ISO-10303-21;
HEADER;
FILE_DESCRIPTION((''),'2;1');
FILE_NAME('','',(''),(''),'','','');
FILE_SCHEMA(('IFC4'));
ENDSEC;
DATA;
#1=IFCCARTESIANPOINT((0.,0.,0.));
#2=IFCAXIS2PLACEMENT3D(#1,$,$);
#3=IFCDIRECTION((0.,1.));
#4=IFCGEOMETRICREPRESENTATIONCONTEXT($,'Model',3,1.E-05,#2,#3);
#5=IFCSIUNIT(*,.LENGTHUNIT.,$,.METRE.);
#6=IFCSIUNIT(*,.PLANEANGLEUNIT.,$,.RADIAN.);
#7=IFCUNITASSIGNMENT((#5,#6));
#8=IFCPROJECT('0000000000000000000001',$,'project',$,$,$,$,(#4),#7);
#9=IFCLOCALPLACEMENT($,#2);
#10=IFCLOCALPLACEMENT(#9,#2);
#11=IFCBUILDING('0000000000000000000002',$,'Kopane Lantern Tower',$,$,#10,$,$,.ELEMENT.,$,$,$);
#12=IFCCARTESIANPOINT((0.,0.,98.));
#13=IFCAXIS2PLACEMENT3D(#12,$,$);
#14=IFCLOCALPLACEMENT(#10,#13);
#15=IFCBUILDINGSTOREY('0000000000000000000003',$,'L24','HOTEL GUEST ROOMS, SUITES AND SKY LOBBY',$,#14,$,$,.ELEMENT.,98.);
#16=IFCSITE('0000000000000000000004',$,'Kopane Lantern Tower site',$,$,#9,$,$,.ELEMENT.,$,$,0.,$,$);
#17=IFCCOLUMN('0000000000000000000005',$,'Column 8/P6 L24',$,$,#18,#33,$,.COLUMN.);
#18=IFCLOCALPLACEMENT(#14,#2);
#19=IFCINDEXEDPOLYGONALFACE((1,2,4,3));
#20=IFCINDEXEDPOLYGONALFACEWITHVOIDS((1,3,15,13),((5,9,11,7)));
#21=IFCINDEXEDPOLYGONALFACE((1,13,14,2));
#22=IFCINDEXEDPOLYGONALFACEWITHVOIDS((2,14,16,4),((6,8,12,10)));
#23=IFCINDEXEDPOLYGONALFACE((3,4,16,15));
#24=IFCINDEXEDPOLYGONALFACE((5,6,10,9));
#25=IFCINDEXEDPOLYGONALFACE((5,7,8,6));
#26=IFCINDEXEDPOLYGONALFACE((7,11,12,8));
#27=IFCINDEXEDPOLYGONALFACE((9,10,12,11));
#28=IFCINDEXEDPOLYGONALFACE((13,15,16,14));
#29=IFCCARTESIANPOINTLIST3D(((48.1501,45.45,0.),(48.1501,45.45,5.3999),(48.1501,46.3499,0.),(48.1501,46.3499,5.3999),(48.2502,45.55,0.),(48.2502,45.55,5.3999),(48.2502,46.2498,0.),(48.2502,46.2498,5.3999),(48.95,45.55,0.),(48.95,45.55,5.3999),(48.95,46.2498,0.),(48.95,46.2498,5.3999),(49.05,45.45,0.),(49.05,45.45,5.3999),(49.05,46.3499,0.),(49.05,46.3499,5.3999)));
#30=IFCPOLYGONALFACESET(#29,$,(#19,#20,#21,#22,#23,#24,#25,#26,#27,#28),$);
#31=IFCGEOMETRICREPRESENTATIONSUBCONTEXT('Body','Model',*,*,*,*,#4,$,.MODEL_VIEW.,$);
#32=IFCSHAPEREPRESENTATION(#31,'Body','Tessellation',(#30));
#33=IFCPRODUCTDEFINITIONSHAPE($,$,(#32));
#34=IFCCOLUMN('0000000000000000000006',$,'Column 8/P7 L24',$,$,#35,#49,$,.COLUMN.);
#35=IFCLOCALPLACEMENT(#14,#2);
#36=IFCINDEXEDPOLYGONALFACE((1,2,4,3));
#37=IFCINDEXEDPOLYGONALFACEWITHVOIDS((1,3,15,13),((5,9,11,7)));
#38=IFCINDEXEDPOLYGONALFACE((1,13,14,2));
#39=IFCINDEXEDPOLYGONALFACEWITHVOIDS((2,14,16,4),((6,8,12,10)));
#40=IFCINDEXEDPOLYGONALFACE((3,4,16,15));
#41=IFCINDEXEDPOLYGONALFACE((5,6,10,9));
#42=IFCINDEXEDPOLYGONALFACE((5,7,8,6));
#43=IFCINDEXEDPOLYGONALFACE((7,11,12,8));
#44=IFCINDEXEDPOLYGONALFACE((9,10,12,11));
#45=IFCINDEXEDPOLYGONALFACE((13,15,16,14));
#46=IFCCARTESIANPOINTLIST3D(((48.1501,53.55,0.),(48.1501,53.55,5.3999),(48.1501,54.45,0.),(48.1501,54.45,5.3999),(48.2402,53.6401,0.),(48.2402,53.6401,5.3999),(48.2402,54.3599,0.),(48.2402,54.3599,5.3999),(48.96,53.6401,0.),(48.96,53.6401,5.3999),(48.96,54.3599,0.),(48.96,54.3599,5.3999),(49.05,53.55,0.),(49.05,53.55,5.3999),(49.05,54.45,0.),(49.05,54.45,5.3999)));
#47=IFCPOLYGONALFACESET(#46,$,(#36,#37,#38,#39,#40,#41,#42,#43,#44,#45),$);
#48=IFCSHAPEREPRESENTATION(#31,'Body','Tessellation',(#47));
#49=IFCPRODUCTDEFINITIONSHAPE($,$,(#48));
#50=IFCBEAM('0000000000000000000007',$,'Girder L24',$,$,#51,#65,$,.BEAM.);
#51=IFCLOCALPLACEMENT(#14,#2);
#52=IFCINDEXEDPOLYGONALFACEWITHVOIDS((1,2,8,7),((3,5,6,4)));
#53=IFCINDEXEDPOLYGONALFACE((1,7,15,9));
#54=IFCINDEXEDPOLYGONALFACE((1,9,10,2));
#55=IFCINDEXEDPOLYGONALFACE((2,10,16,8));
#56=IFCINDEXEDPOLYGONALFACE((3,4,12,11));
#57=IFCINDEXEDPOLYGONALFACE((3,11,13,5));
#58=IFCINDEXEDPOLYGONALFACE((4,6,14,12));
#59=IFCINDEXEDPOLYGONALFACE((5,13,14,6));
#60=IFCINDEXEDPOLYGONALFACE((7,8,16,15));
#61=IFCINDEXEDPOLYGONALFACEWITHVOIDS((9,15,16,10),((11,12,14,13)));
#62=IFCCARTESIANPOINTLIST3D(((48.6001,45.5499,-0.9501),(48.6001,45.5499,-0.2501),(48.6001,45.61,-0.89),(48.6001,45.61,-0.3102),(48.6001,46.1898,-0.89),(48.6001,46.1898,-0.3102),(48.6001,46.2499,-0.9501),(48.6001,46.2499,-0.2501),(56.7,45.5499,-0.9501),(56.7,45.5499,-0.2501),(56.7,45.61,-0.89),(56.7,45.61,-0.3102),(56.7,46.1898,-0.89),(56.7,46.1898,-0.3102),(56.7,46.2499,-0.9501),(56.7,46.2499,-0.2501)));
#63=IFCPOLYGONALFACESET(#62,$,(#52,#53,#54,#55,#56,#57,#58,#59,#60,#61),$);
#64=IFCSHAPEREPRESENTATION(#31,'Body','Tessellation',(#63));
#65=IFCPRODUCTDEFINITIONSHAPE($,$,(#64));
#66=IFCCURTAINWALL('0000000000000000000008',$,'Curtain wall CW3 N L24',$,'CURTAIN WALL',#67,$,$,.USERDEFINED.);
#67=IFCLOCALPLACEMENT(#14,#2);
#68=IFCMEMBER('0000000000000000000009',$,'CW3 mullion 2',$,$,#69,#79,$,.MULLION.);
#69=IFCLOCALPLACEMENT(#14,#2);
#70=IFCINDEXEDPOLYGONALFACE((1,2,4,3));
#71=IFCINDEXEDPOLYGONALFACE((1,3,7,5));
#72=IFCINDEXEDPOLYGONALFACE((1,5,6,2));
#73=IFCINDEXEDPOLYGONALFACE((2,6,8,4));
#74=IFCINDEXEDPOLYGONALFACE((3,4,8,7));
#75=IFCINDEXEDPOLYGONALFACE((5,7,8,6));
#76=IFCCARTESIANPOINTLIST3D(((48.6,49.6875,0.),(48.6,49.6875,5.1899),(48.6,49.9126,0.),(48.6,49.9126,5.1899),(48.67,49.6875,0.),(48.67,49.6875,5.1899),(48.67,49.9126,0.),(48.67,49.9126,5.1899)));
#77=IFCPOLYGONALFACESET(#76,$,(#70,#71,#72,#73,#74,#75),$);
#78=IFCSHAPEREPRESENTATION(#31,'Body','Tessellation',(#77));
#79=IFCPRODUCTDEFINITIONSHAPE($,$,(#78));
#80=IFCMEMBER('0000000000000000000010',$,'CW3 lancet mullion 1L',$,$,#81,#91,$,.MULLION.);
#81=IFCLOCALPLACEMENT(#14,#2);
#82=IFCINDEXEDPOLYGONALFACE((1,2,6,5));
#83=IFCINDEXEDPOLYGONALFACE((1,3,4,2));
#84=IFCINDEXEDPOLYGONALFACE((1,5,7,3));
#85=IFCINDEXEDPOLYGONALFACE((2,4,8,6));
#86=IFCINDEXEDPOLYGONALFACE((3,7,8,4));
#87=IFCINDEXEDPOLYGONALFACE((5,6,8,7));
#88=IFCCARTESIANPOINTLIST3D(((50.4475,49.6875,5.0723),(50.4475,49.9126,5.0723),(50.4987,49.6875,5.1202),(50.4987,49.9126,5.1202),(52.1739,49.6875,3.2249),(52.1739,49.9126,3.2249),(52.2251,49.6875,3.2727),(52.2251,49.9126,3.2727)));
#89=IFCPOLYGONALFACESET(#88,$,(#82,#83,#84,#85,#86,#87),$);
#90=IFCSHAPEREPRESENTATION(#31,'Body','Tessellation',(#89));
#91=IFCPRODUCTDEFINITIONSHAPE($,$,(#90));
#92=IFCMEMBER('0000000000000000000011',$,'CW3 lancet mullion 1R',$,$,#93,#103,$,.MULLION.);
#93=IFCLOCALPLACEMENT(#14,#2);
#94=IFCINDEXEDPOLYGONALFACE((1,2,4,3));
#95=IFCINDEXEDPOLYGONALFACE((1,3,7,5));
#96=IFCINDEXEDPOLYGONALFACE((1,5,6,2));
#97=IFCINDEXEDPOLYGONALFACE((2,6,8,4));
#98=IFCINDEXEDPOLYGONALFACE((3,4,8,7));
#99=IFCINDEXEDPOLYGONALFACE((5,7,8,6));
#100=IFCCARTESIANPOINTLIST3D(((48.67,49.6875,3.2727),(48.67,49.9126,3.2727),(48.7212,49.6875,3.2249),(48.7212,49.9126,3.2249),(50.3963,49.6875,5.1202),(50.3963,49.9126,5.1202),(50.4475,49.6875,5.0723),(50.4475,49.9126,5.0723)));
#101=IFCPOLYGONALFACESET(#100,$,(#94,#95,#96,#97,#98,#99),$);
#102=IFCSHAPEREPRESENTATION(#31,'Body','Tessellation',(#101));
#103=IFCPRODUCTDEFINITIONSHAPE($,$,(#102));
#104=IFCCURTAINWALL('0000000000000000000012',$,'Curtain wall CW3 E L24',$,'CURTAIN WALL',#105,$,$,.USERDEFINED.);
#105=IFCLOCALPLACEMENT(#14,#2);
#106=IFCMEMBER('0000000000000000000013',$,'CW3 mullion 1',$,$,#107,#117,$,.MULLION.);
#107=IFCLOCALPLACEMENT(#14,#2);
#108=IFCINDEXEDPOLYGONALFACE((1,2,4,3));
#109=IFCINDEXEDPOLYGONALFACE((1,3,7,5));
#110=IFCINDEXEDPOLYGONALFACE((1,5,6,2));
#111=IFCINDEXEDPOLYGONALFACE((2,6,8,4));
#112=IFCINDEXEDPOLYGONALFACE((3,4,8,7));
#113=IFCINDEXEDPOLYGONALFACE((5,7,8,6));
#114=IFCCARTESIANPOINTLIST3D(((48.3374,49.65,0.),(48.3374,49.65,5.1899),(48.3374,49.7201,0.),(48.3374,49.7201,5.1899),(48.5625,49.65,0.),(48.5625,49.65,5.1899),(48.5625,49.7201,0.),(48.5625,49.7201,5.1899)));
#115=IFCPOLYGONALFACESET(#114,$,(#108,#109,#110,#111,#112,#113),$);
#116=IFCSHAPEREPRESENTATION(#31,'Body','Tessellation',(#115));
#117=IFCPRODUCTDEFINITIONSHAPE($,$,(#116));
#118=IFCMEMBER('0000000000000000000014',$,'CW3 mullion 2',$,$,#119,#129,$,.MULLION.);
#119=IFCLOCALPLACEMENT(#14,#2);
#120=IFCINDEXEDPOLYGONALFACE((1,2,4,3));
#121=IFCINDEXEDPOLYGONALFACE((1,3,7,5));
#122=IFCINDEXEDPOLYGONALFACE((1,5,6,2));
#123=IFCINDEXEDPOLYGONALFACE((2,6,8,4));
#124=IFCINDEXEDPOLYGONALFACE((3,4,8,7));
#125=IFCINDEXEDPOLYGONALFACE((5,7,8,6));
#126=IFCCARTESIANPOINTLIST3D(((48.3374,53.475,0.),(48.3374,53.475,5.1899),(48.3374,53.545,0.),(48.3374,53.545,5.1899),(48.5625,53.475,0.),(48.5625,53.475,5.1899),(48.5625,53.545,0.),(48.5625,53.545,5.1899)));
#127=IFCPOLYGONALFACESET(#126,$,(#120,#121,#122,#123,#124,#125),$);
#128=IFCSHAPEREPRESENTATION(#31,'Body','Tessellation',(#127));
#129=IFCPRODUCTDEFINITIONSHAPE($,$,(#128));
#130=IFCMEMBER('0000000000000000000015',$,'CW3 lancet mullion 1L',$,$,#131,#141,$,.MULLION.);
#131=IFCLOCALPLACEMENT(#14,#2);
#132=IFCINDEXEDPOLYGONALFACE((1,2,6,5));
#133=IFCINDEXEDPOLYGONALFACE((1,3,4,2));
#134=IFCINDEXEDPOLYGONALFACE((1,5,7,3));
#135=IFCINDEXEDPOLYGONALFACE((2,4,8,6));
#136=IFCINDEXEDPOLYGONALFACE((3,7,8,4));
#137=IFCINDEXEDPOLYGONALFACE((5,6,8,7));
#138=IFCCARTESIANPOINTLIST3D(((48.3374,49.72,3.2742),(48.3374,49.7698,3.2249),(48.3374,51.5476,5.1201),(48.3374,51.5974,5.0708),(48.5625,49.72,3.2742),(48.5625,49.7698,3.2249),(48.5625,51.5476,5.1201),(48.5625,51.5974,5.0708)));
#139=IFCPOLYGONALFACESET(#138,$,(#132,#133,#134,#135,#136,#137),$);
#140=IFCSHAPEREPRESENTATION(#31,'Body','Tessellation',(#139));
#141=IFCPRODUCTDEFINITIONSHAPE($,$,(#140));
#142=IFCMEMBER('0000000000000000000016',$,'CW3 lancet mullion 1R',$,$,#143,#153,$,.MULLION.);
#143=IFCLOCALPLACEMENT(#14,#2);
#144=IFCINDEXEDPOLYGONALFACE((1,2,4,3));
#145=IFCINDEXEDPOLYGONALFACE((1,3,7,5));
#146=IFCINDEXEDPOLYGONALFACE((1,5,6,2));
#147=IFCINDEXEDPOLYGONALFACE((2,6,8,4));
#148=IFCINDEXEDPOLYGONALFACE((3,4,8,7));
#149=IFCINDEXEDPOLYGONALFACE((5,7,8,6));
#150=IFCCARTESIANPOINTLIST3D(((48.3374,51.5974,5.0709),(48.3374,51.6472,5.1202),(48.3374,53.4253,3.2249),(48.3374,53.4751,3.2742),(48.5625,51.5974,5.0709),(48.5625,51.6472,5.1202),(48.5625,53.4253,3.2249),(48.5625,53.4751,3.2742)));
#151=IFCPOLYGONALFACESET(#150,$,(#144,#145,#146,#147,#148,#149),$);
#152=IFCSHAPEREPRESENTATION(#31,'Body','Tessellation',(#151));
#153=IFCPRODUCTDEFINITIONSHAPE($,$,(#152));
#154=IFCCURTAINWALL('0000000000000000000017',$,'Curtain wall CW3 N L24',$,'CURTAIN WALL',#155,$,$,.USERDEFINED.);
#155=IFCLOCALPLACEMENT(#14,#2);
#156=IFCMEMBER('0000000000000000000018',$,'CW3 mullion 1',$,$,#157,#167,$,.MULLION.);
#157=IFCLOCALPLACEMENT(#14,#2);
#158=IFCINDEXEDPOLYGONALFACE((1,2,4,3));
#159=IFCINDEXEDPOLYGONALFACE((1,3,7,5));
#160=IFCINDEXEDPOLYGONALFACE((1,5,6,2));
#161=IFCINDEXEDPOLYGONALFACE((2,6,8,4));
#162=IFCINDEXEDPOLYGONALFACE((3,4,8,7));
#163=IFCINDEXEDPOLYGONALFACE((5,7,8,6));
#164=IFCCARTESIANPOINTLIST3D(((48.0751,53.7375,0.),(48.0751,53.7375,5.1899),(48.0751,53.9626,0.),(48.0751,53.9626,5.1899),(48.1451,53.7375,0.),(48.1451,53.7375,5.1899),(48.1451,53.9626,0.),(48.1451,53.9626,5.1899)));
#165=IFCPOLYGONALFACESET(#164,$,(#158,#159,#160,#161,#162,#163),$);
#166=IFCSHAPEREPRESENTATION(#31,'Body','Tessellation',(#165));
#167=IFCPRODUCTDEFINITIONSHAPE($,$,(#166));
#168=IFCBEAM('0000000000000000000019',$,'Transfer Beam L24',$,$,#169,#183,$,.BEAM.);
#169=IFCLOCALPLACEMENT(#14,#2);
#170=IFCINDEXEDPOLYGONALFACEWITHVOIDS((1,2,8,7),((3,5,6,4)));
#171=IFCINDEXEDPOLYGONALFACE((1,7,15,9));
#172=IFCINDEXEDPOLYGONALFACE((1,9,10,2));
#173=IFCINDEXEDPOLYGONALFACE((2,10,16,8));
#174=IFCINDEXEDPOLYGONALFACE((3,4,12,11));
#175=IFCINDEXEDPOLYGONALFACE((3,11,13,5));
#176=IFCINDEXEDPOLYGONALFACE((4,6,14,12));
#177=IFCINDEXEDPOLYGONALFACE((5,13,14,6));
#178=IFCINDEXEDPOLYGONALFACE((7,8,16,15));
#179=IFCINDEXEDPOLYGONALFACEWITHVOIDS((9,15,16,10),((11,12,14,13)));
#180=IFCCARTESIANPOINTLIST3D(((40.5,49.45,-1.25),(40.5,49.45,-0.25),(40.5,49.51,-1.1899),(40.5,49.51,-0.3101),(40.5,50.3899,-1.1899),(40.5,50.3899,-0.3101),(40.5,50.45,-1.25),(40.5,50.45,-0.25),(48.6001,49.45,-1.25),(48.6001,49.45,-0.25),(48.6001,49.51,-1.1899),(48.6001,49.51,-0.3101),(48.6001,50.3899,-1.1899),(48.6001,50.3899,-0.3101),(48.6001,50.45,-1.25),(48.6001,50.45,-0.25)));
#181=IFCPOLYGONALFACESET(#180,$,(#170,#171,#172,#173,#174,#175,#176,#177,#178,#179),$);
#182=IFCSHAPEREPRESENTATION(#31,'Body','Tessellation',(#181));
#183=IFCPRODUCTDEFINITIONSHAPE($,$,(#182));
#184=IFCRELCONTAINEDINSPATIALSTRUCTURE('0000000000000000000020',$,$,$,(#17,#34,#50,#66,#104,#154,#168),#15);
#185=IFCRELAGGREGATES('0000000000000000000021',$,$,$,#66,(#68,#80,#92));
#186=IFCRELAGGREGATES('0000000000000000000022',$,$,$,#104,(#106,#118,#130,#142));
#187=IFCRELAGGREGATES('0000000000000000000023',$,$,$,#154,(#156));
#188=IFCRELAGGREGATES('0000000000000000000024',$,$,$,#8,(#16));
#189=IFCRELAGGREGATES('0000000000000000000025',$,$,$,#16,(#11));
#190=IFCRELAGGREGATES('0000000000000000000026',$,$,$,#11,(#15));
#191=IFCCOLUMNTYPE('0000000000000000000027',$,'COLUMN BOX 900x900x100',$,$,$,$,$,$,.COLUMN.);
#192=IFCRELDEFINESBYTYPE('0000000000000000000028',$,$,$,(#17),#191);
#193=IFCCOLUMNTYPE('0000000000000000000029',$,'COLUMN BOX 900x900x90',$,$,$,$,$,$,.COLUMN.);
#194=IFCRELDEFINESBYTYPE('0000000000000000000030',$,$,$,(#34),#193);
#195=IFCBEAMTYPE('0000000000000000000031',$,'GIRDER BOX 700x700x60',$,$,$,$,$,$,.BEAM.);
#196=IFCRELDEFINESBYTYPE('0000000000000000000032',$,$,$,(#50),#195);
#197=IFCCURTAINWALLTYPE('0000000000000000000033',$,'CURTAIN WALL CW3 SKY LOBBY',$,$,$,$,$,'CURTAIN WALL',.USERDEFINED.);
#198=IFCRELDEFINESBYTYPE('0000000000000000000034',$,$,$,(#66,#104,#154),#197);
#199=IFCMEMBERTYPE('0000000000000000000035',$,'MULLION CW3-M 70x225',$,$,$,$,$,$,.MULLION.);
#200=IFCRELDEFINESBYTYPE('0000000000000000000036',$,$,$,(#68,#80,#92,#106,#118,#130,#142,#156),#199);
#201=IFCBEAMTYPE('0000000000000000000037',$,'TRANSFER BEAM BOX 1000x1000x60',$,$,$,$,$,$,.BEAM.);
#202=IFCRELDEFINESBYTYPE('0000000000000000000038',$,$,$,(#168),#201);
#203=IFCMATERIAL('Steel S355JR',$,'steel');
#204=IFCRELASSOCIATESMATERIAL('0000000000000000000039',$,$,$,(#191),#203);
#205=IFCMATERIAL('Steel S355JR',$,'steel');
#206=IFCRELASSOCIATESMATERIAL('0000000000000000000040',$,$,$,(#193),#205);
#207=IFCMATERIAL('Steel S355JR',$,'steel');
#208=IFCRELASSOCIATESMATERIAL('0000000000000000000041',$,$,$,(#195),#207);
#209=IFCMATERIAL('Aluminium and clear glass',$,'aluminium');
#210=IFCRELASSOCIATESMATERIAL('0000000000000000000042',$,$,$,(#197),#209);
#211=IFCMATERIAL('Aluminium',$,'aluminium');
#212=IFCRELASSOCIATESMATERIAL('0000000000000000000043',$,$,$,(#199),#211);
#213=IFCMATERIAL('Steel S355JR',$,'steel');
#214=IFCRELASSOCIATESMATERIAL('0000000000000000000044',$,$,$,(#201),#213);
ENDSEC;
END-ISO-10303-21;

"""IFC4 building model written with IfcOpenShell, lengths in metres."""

from ifc_helpers import new_model, si_unit, direction, frame, origin, origin_2d, place, context, subcontext, project, spatial, rectangle, hollow_rectangle, extrude, material, material_profile, profile_set, type_object, element, aggregate, save


model = new_model("IFC4")

# Units and contexts
model_context = context("Model", 3, precision=1e-05, world=origin(), true_north=direction((0.0, 1.0)))
body_context = subcontext(model_context, "Body", "Model", "MODEL_VIEW")
ifc_project = project(units=[si_unit("LENGTHUNIT", "METRE"), si_unit("PLANEANGLEUNIT", "RADIAN")], contexts=[model_context])

# Site, building, storey
site_placement = place(None, origin())
site = spatial("IfcSite", under=ifc_project, at=site_placement, Name="Kopane Lantern Tower site", CompositionType="ELEMENT", RefElevation=0.0)
building_placement = place(site_placement, origin())
building = spatial("IfcBuilding", under=site, at=building_placement, Name="Kopane Lantern Tower", CompositionType="ELEMENT")
storey_placement = place(building_placement, frame((0.0, 0.0, 98.0)))
storey = spatial("IfcBuildingStorey", under=building, at=storey_placement, Name="L24", Description="HOTEL GUEST ROOMS, SUITES AND SKY LOBBY", CompositionType="ELEMENT", Elevation=98.0)

# Columns
ifc_material_1 = material(Name="Steel S355JR", Category="steel")
ifc_material_profile_1 = material_profile(ifc_material_1, hollow_rectangle(XDim=0.8999, YDim=0.8999, WallThickness=0.1001, at=origin_2d()), Name="BOX 900x900x100")
ifc_profile_set_1 = profile_set([ifc_material_profile_1], Name="Steel S355JR")
column_type_1 = type_object("IfcColumnType", Name="COLUMN BOX 900x900x100", PredefinedType="COLUMN", material=ifc_profile_set_1)
column_1_placement = place(storey_placement, frame((48.6001, 45.8999, 0.0), z_axis=(0.0, 0.0, 1.0), x_axis=(1.0, 0.0, 0.0)))
element("IfcColumn", 1, at=column_1_placement, inside=storey, type_object=column_type_1, Name="Column 8/P6 L24", PredefinedType="COLUMN", context=body_context, shape_type="SweptSolid", body=[
    extrude(hollow_rectangle(XDim=0.8999, YDim=0.8999, WallThickness=0.1001, at=origin_2d()), origin(), (0.0, 0.0, 1.0), 5.3999),
])
ifc_material_2 = material(Name="Steel S355JR", Category="steel")
ifc_material_profile_2 = material_profile(ifc_material_2, hollow_rectangle(XDim=0.8999, YDim=0.8999, WallThickness=0.0901, at=origin_2d()), Name="BOX 900x900x90")
ifc_profile_set_2 = profile_set([ifc_material_profile_2], Name="Steel S355JR")
column_type_2 = type_object("IfcColumnType", Name="COLUMN BOX 900x900x90", PredefinedType="COLUMN", material=ifc_profile_set_2)
column_2_placement = place(storey_placement, frame((48.6001, 54.0, 0.0), z_axis=(0.0, 0.0, 1.0), x_axis=(1.0, 0.0, 0.0)))
element("IfcColumn", 2, at=column_2_placement, inside=storey, type_object=column_type_2, Name="Column 8/P7 L24", PredefinedType="COLUMN", context=body_context, shape_type="SweptSolid", body=[
    extrude(hollow_rectangle(XDim=0.8999, YDim=0.8999, WallThickness=0.0901, at=origin_2d()), origin(), (0.0, 0.0, 1.0), 5.3999),
])

# Beam
ifc_material_3 = material(Name="Steel S355JR", Category="steel")
ifc_material_profile_3 = material_profile(ifc_material_3, hollow_rectangle(XDim=0.7, YDim=0.7, WallThickness=0.0601, at=origin_2d()), Name="BOX 700x700x60")
ifc_profile_set_3 = profile_set([ifc_material_profile_3], Name="Steel S355JR")
beam_type_1 = type_object("IfcBeamType", Name="GIRDER BOX 700x700x60", PredefinedType="BEAM", material=ifc_profile_set_3)
beam_1_placement = place(storey_placement, frame((48.6001, 45.8999, -0.6001), z_axis=(1.0, 0.0, 0.0), x_axis=(0.0, 1.0, 0.0)))
element("IfcBeam", 3, at=beam_1_placement, inside=storey, type_object=beam_type_1, Name="Girder L24", PredefinedType="BEAM", context=body_context, shape_type="SweptSolid", body=[
    extrude(hollow_rectangle(XDim=0.7, YDim=0.7, WallThickness=0.0601, at=origin_2d()), origin(), (0.0, 0.0, 1.0), 8.0999),
])

# Curtain walls, members
ifc_material_4 = material(Name="Aluminium and clear glass", Category="aluminium")
curtain_wall_type = type_object("IfcCurtainWallType", Name="CURTAIN WALL CW3 SKY LOBBY", ElementType="CURTAIN WALL", PredefinedType="USERDEFINED", material=ifc_material_4)
curtain_wall_1_placement = place(storey_placement, origin())
curtain_wall_1 = element("IfcCurtainWall", 4, at=curtain_wall_1_placement, inside=storey, type_object=curtain_wall_type, Name="Curtain wall CW3 N L24", ObjectType="CURTAIN WALL", PredefinedType="USERDEFINED")
ifc_material_5 = material(Name="Aluminium", Category="aluminium")
ifc_material_profile_4 = material_profile(ifc_material_5, rectangle(XDim=0.0701, YDim=0.2251, at=origin_2d()), Name="AL 70x225")
ifc_profile_set_4 = profile_set([ifc_material_profile_4], Name="Aluminium")
member_type_1 = type_object("IfcMemberType", Name="MULLION CW3-M 70x225", PredefinedType="MULLION", material=ifc_profile_set_4)
member_1_placement = place(storey_placement, frame((48.635, 49.8, 0.0), z_axis=(0.0, 0.0, 1.0), x_axis=(-1.0, 0.0, 0.0)))
member_1 = element("IfcMember", 5, at=member_1_placement, type_object=member_type_1, Name="CW3 mullion 2", PredefinedType="MULLION", context=body_context, shape_type="SweptSolid", body=[
    extrude(rectangle(XDim=0.0701, YDim=0.2251, at=origin_2d()), origin(), (0.0, 0.0, 1.0), 5.1899),
])
member_2_placement = place(storey_placement, frame((52.1995, 49.8, 3.2488), z_axis=(-0.682755, 0.0, 0.730647), x_axis=(0.730647, 0.0, 0.682755)))
member_2 = element("IfcMember", 6, at=member_2_placement, type_object=member_type_1, Name="CW3 lancet mullion 1L", PredefinedType="MULLION", context=body_context, shape_type="SweptSolid", body=[
    extrude(rectangle(XDim=0.0701, YDim=0.2251, at=origin_2d()), origin(), (0.0, 0.0, 1.0), 2.5286),
])
member_3_placement = place(storey_placement, frame((48.6956, 49.8, 3.2488), z_axis=(0.682755, 0.0, 0.730647), x_axis=(-0.730647, 0.0, 0.682755)))
member_3 = element("IfcMember", 7, at=member_3_placement, type_object=member_type_1, Name="CW3 lancet mullion 1R", PredefinedType="MULLION", context=body_context, shape_type="SweptSolid", body=[
    extrude(rectangle(XDim=0.0701, YDim=0.2251, at=origin_2d()), origin(), (0.0, 0.0, 1.0), 2.5286),
])
curtain_wall_2_placement = place(storey_placement, origin())
curtain_wall_2 = element("IfcCurtainWall", 8, at=curtain_wall_2_placement, inside=storey, type_object=curtain_wall_type, Name="Curtain wall CW3 E L24", ObjectType="CURTAIN WALL", PredefinedType="USERDEFINED")
member_4_placement = place(storey_placement, frame((48.45, 49.6851, 0.0), z_axis=(0.0, 0.0, 1.0), x_axis=(0.0, 1.0, 0.0)))
member_4 = element("IfcMember", 9, at=member_4_placement, type_object=member_type_1, Name="CW3 mullion 1", PredefinedType="MULLION", context=body_context, shape_type="SweptSolid", body=[
    extrude(rectangle(XDim=0.0701, YDim=0.2251, at=origin_2d()), origin(), (0.0, 0.0, 1.0), 5.1899),
])
member_5_placement = place(storey_placement, frame((48.45, 53.51, 0.0), z_axis=(0.0, 0.0, 1.0), x_axis=(0.0, 1.0, 0.0)))
member_5 = element("IfcMember", 10, at=member_5_placement, type_object=member_type_1, Name="CW3 mullion 2", PredefinedType="MULLION", context=body_context, shape_type="SweptSolid", body=[
    extrude(rectangle(XDim=0.0701, YDim=0.2251, at=origin_2d()), origin(), (0.0, 0.0, 1.0), 5.1899),
])
member_6_placement = place(storey_placement, frame((48.45, 49.7449, 3.2495), z_axis=(0.0, 0.703574, 0.710622), x_axis=(0.0, -0.710622, 0.703574)))
member_6 = element("IfcMember", 11, at=member_6_placement, type_object=member_type_1, Name="CW3 lancet mullion 1L", PredefinedType="MULLION", context=body_context, shape_type="SweptSolid", body=[
    extrude(rectangle(XDim=0.0701, YDim=0.2251, at=origin_2d()), origin(), (0.0, 0.0, 1.0), 2.5977),
])
member_7_placement = place(storey_placement, frame((48.45, 53.4502, 3.2495), z_axis=(0.0, -0.703621, 0.710575), x_axis=(0.0, 0.710575, 0.703621)))
member_7 = element("IfcMember", 12, at=member_7_placement, type_object=member_type_1, Name="CW3 lancet mullion 1R", PredefinedType="MULLION", context=body_context, shape_type="SweptSolid", body=[
    extrude(rectangle(XDim=0.0701, YDim=0.2251, at=origin_2d()), origin(), (0.0, 0.0, 1.0), 2.5979),
])

# Curtain wall, member
curtain_wall_3_placement = place(storey_placement, origin())
curtain_wall_3 = element("IfcCurtainWall", 13, at=curtain_wall_3_placement, inside=storey, type_object=curtain_wall_type, Name="Curtain wall CW3 N L24", ObjectType="CURTAIN WALL", PredefinedType="USERDEFINED")
member_8_placement = place(storey_placement, frame((48.1101, 53.8501, 0.0), z_axis=(0.0, 0.0, 1.0), x_axis=(-1.0, 0.0, 0.0)))
member_8 = element("IfcMember", 14, at=member_8_placement, type_object=member_type_1, Name="CW3 mullion 1", PredefinedType="MULLION", context=body_context, shape_type="SweptSolid", body=[
    extrude(rectangle(XDim=0.0701, YDim=0.2251, at=origin_2d()), origin(), (0.0, 0.0, 1.0), 5.1899),
])

# Beam
ifc_material_6 = material(Name="Steel S355JR", Category="steel")
ifc_material_profile_5 = material_profile(ifc_material_6, hollow_rectangle(XDim=1.0, YDim=1.0, WallThickness=0.0601, at=origin_2d()), Name="BOX 1000x1000x60")
ifc_profile_set_5 = profile_set([ifc_material_profile_5], Name="Steel S355JR")
beam_type_2 = type_object("IfcBeamType", Name="TRANSFER BEAM BOX 1000x1000x60", PredefinedType="BEAM", material=ifc_profile_set_5)
beam_2_placement = place(storey_placement, frame((48.6001, 49.95, -0.75), z_axis=(-1.0, 0.0, 0.0), x_axis=(0.0, -1.0, 0.0)))
element("IfcBeam", 15, at=beam_2_placement, inside=storey, type_object=beam_type_2, Name="Transfer Beam L24", PredefinedType="BEAM", context=body_context, shape_type="SweptSolid", body=[
    extrude(hollow_rectangle(XDim=1.0, YDim=1.0, WallThickness=0.0601, at=origin_2d()), origin(), (0.0, 0.0, 1.0), 8.1001),
])

aggregate(curtain_wall_1, [member_1, member_2, member_3])
aggregate(curtain_wall_2, [member_4, member_5, member_6, member_7])
aggregate(curtain_wall_3, [member_8])

save(model, "model.ifc")
